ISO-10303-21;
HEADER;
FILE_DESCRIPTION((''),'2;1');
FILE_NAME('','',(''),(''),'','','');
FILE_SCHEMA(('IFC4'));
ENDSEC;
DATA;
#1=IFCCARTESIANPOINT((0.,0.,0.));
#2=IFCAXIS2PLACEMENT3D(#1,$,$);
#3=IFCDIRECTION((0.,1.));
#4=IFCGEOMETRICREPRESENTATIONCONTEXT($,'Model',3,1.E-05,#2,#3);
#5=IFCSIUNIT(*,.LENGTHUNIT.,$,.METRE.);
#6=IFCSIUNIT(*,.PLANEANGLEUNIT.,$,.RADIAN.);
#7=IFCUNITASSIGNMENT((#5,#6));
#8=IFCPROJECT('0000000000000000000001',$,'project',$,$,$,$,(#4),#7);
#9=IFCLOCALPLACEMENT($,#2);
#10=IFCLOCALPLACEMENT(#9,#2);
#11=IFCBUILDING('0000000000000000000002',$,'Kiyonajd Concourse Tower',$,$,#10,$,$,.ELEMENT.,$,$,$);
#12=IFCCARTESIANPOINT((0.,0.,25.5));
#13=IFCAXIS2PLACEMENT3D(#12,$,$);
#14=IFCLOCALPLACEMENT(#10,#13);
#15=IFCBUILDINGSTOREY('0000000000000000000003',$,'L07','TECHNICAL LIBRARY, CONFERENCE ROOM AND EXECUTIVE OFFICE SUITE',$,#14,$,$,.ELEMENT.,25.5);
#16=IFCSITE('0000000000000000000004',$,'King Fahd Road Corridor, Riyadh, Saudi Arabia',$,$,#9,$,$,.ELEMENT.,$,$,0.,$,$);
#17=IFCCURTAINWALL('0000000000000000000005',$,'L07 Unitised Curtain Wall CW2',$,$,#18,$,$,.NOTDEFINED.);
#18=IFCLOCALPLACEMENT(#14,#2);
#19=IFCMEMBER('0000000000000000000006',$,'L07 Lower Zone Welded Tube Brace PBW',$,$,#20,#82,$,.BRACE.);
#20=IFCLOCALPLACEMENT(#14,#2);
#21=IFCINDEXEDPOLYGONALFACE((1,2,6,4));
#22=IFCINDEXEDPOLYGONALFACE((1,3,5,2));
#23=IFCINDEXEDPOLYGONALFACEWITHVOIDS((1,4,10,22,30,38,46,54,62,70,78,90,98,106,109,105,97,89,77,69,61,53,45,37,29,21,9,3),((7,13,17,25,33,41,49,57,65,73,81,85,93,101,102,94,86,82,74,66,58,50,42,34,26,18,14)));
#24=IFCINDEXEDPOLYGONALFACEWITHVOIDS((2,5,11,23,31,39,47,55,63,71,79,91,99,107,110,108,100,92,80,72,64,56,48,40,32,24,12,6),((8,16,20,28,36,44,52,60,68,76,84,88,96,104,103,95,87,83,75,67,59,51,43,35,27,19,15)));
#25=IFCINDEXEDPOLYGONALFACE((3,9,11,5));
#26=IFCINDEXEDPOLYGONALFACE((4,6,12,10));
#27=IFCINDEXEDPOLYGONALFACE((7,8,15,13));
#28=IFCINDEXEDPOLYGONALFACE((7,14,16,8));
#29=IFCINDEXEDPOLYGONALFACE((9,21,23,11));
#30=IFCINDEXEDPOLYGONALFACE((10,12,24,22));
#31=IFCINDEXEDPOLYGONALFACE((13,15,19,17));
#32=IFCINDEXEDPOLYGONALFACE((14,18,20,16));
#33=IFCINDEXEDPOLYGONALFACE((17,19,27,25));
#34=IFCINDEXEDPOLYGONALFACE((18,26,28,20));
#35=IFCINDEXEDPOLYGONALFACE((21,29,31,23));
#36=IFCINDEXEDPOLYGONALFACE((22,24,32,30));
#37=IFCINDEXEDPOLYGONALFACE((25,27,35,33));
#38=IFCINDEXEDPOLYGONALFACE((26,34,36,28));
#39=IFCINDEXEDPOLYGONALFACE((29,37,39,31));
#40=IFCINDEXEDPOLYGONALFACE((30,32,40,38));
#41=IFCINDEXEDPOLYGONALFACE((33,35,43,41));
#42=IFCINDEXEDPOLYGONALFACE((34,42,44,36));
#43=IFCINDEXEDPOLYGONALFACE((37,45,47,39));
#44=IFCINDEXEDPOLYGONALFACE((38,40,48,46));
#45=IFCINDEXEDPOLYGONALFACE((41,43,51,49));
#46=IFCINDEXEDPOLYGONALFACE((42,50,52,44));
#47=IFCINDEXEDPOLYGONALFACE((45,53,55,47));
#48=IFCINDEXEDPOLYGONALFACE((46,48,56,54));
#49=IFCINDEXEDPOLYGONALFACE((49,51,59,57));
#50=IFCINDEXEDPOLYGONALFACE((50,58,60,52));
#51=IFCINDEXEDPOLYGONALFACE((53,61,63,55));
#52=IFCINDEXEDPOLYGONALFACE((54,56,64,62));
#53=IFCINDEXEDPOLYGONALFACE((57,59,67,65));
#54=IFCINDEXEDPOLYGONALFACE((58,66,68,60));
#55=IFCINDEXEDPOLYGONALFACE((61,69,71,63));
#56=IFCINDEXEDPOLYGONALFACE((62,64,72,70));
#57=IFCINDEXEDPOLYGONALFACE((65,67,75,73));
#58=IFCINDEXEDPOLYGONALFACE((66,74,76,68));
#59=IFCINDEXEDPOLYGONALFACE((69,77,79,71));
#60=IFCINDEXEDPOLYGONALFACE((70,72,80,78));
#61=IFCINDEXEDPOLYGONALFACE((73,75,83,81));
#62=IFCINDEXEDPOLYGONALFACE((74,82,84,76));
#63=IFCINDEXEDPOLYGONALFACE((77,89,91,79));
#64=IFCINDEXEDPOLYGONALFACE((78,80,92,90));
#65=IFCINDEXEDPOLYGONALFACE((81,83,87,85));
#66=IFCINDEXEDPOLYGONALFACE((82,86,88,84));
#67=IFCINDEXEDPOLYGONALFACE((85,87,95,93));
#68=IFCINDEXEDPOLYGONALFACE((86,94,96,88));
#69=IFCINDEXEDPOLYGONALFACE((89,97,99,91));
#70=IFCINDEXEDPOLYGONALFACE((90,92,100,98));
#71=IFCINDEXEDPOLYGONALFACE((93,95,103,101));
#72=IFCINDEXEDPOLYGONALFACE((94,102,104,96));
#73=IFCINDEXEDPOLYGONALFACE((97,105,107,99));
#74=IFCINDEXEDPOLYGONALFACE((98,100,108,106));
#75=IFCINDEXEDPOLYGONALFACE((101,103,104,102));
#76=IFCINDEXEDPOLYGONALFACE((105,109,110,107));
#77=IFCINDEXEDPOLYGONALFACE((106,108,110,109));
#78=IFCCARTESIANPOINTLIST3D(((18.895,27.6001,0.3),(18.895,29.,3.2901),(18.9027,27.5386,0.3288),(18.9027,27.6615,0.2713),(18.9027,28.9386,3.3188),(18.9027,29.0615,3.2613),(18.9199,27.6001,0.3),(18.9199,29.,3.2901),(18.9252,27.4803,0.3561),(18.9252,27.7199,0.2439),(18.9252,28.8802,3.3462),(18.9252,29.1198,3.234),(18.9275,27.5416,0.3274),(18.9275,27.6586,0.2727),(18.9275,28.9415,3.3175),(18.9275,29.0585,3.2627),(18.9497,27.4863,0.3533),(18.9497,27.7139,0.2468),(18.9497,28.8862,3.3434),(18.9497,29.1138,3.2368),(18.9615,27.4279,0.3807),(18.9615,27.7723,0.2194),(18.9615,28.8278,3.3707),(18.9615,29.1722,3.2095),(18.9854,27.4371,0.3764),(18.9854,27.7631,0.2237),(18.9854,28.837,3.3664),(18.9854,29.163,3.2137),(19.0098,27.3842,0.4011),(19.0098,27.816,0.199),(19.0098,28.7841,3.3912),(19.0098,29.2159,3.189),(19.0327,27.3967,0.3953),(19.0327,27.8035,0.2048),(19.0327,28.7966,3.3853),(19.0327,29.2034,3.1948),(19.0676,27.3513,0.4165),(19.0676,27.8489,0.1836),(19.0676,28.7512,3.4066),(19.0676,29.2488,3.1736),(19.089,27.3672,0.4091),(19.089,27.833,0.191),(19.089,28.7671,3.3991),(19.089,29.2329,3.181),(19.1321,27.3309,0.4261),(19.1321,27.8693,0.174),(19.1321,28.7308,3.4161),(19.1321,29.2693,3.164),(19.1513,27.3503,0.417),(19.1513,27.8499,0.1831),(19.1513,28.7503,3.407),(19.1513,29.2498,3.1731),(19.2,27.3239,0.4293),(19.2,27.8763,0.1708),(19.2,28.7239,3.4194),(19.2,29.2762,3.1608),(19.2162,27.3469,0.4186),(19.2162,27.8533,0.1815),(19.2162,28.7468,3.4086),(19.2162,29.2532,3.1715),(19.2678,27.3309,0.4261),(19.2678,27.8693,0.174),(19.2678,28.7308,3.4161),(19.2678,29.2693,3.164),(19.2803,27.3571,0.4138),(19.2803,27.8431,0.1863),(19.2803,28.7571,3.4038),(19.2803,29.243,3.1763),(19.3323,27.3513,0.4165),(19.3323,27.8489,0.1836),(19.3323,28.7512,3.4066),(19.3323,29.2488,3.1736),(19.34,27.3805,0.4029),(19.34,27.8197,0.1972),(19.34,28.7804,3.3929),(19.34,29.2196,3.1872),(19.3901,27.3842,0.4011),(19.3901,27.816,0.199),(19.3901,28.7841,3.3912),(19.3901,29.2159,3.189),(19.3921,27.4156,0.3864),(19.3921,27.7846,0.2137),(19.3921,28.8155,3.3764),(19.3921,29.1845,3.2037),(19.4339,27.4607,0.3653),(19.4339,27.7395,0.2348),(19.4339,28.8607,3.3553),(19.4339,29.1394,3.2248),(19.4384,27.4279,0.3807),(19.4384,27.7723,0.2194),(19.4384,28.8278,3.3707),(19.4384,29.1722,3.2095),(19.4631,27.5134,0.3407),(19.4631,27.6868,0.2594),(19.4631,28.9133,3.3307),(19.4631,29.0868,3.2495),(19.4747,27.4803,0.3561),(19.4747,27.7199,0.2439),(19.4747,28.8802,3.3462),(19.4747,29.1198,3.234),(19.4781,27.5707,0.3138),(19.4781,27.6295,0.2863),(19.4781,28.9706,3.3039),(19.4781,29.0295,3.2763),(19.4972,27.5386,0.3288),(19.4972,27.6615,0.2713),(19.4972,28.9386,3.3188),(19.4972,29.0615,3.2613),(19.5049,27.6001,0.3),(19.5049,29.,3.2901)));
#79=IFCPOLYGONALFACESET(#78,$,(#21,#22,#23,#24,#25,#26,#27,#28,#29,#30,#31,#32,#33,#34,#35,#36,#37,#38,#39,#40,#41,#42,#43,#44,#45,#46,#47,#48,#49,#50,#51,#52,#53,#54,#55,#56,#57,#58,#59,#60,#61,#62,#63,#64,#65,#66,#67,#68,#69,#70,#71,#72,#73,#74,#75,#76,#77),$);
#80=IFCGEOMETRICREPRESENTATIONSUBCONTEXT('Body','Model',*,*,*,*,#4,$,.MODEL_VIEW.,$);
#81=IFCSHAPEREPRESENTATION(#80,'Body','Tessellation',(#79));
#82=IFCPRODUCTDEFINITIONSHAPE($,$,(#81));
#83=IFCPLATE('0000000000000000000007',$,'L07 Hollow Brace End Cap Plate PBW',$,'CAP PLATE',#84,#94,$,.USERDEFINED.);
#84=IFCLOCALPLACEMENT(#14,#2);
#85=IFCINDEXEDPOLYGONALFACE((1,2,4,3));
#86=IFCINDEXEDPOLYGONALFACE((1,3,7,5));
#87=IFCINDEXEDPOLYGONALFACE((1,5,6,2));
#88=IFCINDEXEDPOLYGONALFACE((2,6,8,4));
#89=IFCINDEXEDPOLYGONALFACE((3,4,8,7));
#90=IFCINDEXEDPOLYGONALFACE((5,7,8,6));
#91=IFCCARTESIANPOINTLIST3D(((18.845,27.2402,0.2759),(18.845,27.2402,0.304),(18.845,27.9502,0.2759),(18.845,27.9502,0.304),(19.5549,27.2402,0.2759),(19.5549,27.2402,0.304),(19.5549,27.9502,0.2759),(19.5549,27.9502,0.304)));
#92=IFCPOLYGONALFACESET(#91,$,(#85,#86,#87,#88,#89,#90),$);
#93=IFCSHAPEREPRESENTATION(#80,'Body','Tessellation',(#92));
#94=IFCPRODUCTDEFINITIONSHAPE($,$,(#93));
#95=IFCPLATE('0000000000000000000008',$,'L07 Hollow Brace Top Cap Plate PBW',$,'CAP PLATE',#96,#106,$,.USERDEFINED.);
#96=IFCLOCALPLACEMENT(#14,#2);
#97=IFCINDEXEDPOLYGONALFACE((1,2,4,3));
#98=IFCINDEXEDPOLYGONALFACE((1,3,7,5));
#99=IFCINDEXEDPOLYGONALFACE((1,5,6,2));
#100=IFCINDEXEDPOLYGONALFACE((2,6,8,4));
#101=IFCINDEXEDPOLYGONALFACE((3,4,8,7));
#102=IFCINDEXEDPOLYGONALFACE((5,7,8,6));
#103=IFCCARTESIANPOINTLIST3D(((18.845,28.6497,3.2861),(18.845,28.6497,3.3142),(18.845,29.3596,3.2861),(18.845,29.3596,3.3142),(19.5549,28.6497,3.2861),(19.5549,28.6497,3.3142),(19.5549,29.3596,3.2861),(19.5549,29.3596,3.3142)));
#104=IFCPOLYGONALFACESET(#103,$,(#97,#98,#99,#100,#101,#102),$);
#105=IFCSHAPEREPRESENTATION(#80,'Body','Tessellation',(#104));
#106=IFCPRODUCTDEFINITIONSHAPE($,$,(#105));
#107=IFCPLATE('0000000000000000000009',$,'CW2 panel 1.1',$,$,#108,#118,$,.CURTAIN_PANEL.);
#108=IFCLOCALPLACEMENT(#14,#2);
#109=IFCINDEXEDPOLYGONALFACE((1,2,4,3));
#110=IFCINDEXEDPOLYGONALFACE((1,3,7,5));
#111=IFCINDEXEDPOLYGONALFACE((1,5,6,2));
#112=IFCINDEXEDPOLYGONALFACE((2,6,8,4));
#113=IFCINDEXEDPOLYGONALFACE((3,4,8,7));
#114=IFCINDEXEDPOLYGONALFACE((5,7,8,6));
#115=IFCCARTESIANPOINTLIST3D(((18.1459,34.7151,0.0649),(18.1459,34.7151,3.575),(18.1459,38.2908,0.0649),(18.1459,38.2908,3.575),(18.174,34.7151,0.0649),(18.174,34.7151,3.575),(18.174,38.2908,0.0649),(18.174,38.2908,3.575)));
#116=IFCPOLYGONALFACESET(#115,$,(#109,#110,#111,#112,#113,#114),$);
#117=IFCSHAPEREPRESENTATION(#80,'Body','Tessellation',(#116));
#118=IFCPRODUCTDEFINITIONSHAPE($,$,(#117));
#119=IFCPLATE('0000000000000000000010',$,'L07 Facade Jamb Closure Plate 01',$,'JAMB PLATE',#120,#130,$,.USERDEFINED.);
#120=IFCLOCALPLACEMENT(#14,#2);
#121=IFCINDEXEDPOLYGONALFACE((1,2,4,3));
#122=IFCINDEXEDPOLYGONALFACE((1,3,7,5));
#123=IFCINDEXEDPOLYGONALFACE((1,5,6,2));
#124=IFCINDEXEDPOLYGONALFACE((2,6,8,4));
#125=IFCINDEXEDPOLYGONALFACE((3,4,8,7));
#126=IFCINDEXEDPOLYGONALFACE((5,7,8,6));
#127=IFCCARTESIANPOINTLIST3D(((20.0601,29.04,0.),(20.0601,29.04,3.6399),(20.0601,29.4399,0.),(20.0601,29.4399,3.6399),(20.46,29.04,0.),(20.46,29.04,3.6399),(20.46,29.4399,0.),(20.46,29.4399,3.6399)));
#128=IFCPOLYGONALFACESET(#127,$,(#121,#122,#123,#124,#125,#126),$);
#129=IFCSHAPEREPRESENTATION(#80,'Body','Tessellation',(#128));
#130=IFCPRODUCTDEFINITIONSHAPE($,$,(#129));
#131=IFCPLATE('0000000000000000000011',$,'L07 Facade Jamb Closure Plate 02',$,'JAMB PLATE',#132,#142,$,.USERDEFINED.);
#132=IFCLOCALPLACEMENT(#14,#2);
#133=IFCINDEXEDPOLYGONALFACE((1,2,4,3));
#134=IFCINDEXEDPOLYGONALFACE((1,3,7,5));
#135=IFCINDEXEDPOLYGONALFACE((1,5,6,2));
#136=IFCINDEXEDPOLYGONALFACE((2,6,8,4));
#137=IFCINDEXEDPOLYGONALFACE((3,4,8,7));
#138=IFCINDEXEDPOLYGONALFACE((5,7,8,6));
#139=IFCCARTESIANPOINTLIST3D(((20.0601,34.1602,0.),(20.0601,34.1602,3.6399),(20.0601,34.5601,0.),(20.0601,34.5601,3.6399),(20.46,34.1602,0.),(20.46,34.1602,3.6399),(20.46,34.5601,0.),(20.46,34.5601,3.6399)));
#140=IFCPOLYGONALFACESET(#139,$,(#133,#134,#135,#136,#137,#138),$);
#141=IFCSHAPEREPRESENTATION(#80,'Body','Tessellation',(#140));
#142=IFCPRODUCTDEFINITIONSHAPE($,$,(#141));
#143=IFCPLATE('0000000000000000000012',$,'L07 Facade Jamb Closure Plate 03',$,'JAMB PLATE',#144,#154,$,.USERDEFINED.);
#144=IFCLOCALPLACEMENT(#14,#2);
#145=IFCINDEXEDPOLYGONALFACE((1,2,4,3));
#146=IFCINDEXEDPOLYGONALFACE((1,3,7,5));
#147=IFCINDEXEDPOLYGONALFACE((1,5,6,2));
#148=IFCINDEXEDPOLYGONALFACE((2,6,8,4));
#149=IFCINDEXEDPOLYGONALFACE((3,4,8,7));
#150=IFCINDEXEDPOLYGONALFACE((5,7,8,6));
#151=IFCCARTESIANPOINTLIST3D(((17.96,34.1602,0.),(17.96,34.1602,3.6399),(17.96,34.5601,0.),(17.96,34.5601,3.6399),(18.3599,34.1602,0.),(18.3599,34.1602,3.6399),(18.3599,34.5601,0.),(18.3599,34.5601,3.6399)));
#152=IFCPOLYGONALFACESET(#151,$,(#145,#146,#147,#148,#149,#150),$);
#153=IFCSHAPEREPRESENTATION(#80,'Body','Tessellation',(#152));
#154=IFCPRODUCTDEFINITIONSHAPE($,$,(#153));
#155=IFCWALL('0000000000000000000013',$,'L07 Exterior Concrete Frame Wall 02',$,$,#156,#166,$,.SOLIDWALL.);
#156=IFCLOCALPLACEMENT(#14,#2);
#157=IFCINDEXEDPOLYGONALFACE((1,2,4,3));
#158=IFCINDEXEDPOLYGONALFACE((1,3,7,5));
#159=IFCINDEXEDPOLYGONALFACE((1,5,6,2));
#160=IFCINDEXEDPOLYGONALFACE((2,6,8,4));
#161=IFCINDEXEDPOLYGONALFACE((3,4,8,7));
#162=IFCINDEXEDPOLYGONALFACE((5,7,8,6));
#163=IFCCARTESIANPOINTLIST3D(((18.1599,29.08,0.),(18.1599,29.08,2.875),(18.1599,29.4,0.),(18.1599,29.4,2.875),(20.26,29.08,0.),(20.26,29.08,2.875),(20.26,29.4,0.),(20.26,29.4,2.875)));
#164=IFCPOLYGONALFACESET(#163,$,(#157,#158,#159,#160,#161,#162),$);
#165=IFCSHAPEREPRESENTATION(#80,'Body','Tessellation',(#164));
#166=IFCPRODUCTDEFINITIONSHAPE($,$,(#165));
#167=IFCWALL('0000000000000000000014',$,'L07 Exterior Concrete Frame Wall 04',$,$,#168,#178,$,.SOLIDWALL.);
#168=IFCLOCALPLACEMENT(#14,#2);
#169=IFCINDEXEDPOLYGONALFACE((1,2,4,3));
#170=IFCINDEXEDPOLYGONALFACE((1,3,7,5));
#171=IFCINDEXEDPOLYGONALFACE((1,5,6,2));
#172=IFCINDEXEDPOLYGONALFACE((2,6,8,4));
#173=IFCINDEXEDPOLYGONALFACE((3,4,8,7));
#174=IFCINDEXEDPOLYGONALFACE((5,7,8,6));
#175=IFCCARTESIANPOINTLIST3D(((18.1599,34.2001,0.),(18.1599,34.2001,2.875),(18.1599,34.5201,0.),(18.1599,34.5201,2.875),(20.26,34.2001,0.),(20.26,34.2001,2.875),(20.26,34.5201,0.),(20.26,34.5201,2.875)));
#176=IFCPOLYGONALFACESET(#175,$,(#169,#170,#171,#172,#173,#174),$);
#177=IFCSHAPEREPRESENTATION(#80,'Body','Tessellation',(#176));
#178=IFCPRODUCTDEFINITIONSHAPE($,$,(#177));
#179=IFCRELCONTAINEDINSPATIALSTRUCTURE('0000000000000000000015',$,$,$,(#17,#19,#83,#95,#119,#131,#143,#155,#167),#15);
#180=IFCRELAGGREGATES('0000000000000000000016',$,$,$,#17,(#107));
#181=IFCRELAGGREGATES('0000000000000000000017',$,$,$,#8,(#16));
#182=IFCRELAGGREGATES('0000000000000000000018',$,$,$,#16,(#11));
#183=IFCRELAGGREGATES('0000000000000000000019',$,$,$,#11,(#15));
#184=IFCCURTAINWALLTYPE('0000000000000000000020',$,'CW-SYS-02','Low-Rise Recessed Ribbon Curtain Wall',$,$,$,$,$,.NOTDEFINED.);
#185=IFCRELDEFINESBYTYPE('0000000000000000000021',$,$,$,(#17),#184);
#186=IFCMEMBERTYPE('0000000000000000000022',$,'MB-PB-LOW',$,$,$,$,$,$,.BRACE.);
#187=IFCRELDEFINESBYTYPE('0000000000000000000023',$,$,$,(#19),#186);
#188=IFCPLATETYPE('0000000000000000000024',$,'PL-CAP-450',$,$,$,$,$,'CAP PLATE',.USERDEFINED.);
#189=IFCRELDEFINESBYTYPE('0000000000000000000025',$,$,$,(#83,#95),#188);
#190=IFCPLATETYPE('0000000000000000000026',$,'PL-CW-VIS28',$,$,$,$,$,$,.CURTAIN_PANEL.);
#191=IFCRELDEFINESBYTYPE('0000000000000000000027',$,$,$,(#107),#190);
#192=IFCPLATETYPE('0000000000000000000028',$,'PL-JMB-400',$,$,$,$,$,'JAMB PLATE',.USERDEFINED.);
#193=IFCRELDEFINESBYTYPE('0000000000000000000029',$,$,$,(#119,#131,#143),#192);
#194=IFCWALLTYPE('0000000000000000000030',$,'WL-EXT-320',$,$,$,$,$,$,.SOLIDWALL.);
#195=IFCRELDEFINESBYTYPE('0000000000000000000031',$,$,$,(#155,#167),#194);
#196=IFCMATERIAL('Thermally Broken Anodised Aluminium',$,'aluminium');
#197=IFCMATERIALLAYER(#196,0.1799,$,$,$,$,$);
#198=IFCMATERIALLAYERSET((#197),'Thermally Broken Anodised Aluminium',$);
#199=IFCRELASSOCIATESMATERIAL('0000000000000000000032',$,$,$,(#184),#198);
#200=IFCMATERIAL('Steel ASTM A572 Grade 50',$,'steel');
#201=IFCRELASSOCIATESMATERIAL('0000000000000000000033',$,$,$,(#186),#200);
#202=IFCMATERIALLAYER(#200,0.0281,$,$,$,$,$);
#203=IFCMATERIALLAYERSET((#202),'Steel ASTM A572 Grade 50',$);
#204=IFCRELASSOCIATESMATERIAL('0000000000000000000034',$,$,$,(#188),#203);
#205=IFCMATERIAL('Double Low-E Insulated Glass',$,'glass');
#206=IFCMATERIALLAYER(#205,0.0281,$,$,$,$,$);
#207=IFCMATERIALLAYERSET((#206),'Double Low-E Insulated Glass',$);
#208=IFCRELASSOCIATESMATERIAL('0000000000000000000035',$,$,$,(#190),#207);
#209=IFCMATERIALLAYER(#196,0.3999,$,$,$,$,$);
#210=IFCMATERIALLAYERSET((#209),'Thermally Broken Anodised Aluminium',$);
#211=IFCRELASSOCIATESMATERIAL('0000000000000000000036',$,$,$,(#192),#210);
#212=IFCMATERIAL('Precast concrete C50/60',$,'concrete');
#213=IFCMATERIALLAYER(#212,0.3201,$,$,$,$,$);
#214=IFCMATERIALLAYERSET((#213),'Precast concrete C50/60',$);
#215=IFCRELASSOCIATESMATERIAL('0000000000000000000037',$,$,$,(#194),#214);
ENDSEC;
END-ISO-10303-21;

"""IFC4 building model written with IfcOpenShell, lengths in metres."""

from ifc_helpers import new_model, si_unit, direction, frame, frame_2d, origin, origin_2d, place, context, subcontext, project, spatial, rectangle, hollow_circle, extrude, material, layer, layer_set, material_profile, profile_set, type_object, element, aggregate, save


model = new_model("IFC4")

# Units and contexts
model_context = context("Model", 3, precision=1e-05, world=origin(), true_north=direction((0.0, 1.0)))
body_context = subcontext(model_context, "Body", "Model", "MODEL_VIEW")
ifc_project = project(units=[si_unit("LENGTHUNIT", "METRE"), si_unit("PLANEANGLEUNIT", "RADIAN")], contexts=[model_context])

# Site, building, storey
site_placement = place(None, origin())
site = spatial("IfcSite", under=ifc_project, at=site_placement, Name="King Fahd Road Corridor, Riyadh, Saudi Arabia", CompositionType="ELEMENT", RefElevation=0.0)
building_placement = place(site_placement, origin())
building = spatial("IfcBuilding", under=site, at=building_placement, Name="Kiyonajd Concourse Tower", CompositionType="ELEMENT")
storey_placement = place(building_placement, frame((0.0, 0.0, 25.5)))
storey = spatial("IfcBuildingStorey", under=building, at=storey_placement, Name="L07", Description="TECHNICAL LIBRARY, CONFERENCE ROOM AND EXECUTIVE OFFICE SUITE", CompositionType="ELEMENT", Elevation=25.5)

# Shared definitions
ifc_material_1 = material(Name="Precast concrete C50/60", Category="concrete")

# Curtain wall
ifc_material_2 = material(Name="Thermally Broken Anodised Aluminium", Category="aluminium")
ifc_layer_1 = layer(ifc_material_2, 0.1799)
ifc_layer_set_1 = layer_set([ifc_layer_1], Name="Thermally Broken Anodised Aluminium")
curtain_wall_type = type_object("IfcCurtainWallType", Name="CW-SYS-02", Description="Low-Rise Recessed Ribbon Curtain Wall", PredefinedType="NOTDEFINED", material=ifc_layer_set_1)
curtain_wall_placement = place(storey_placement, origin())
curtain_wall = element("IfcCurtainWall", 1, at=curtain_wall_placement, inside=storey, type_object=curtain_wall_type, Name="L07 Unitised Curtain Wall CW2", PredefinedType="NOTDEFINED")

# Member
ifc_material_3 = material(Name="Steel ASTM A572 Grade 50", Category="steel")
ifc_material_profile_1 = material_profile(ifc_material_3, hollow_circle(Radius=0.3049, WallThickness=0.0249, at=origin_2d()), Name="CHS-610x25")
ifc_profile_set_1 = profile_set([ifc_material_profile_1], Name="Steel ASTM A572 Grade 50")
member_type_1 = type_object("IfcMemberType", Name="MB-PB-LOW", PredefinedType="BRACE", material=ifc_profile_set_1)
member_1_placement = place(storey_placement, frame((19.2, 27.6001, 0.3), z_axis=(0.0, 0.424023, 0.905652), x_axis=(-1.0, 0.0, 0.0)))
element("IfcMember", 2, at=member_1_placement, inside=storey, type_object=member_type_1, Name="L07 Lower Zone Welded Tube Brace PBW", PredefinedType="BRACE", context=body_context, shape_type="SweptSolid", body=[
    extrude(hollow_circle(Radius=0.3049, WallThickness=0.0249, at=origin_2d()), origin(), (0.0, 0.0, 1.0), 3.3015),
])

# Plates
ifc_layer_2 = layer(ifc_material_3, 0.0281)
ifc_layer_set_2 = layer_set([ifc_layer_2], Name="Steel ASTM A572 Grade 50")
plate_type_1 = type_object("IfcPlateType", Name="PL-CAP-450", ElementType="CAP PLATE", PredefinedType="USERDEFINED", material=ifc_layer_set_2)
for number, where, z_axis, x_axis, name in (
    (3, (19.2, 27.5952, 0.2759), (0.0, 0.0, 1.0), (1.0, 0.0, 0.0), "L07 Hollow Brace End Cap Plate PBW"),
    (4, (19.2, 29.0046, 3.2861), (0.0, 0.0, 1.0), (1.0, 0.0, 0.0), "L07 Hollow Brace Top Cap Plate PBW"),
):
    element("IfcPlate", number, at=place(storey_placement, frame(where, z_axis=z_axis, x_axis=x_axis)), inside=storey, type_object=plate_type_1, Name=name, ObjectType="CAP PLATE", PredefinedType="USERDEFINED", context=body_context, shape_type="SweptSolid", body=[
        extrude(rectangle(XDim=0.71, YDim=0.71, at=origin_2d()), origin(), (0.0, 0.0, 1.0), 0.0281),
    ])

# Plate
ifc_material_4 = material(Name="Double Low-E Insulated Glass", Category="glass")
ifc_layer_3 = layer(ifc_material_4, 0.0281)
ifc_layer_set_3 = layer_set([ifc_layer_3], Name="Double Low-E Insulated Glass")
plate_type_2 = type_object("IfcPlateType", Name="PL-CW-VIS28", PredefinedType="CURTAIN_PANEL", material=ifc_layer_set_3)
plate_placement = place(storey_placement, frame((18.1599, 36.5029, 0.0649), z_axis=(0.0, 0.0, 1.0), x_axis=(0.0, 1.0, 0.0)))
plate = element("IfcPlate", 5, at=plate_placement, type_object=plate_type_2, Name="CW2 panel 1.1", PredefinedType="CURTAIN_PANEL", context=body_context, shape_type="SweptSolid", body=[
    extrude(rectangle(XDim=3.5757, YDim=0.0281, at=origin_2d()), origin(), (0.0, 0.0, 1.0), 3.51),
])
aggregate(curtain_wall, [plate])

# Plates
ifc_layer_4 = layer(ifc_material_2, 0.3999)
ifc_layer_set_4 = layer_set([ifc_layer_4], Name="Thermally Broken Anodised Aluminium")
plate_type_3 = type_object("IfcPlateType", Name="PL-JMB-400", ElementType="JAMB PLATE", PredefinedType="USERDEFINED", material=ifc_layer_set_4)
for number, where, z_axis, x_axis, name in (
    (6, (20.26, 29.24, 0.0), (0.0, 0.0, 1.0), (1.0, 0.0, 0.0), "L07 Facade Jamb Closure Plate 01"),
    (7, (20.26, 34.3601, 0.0), (0.0, 0.0, 1.0), (1.0, 0.0, 0.0), "L07 Facade Jamb Closure Plate 02"),
    (8, (18.1599, 34.3601, 0.0), (0.0, 0.0, 1.0), (1.0, 0.0, 0.0), "L07 Facade Jamb Closure Plate 03"),
):
    element("IfcPlate", number, at=place(storey_placement, frame(where, z_axis=z_axis, x_axis=x_axis)), inside=storey, type_object=plate_type_3, Name=name, ObjectType="JAMB PLATE", PredefinedType="USERDEFINED", context=body_context, shape_type="SweptSolid", body=[
        extrude(rectangle(XDim=0.3999, YDim=0.3999, at=origin_2d()), origin(), (0.0, 0.0, 1.0), 3.6399),
    ])

# Walls
ifc_layer_5 = layer(ifc_material_1, 0.3201)
ifc_layer_set_5 = layer_set([ifc_layer_5], Name="Precast concrete C50/60")
wall_type_1 = type_object("IfcWallType", Name="WL-EXT-320", PredefinedType="SOLIDWALL", material=ifc_layer_set_5)
for number, where, z_axis, x_axis, name in (
    (9, (18.1599, 29.24, 0.0), (0.0, 0.0, 1.0), (1.0, 0.0, 0.0), "L07 Exterior Concrete Frame Wall 02"),
    (10, (20.26, 34.3601, 0.0), (0.0, 0.0, 1.0), (-1.0, 0.0, 0.0), "L07 Exterior Concrete Frame Wall 04"),
):
    element("IfcWall", number, at=place(storey_placement, frame(where, z_axis=z_axis, x_axis=x_axis)), inside=storey, type_object=wall_type_1, Name=name, PredefinedType="SOLIDWALL", context=body_context, shape_type="SweptSolid", body=[
        extrude(rectangle(XDim=2.1001, YDim=0.3201, at=frame_2d((1.05, 0.0))), origin(), (0.0, 0.0, 1.0), 2.875),
    ])

save(model, "model.ifc")
